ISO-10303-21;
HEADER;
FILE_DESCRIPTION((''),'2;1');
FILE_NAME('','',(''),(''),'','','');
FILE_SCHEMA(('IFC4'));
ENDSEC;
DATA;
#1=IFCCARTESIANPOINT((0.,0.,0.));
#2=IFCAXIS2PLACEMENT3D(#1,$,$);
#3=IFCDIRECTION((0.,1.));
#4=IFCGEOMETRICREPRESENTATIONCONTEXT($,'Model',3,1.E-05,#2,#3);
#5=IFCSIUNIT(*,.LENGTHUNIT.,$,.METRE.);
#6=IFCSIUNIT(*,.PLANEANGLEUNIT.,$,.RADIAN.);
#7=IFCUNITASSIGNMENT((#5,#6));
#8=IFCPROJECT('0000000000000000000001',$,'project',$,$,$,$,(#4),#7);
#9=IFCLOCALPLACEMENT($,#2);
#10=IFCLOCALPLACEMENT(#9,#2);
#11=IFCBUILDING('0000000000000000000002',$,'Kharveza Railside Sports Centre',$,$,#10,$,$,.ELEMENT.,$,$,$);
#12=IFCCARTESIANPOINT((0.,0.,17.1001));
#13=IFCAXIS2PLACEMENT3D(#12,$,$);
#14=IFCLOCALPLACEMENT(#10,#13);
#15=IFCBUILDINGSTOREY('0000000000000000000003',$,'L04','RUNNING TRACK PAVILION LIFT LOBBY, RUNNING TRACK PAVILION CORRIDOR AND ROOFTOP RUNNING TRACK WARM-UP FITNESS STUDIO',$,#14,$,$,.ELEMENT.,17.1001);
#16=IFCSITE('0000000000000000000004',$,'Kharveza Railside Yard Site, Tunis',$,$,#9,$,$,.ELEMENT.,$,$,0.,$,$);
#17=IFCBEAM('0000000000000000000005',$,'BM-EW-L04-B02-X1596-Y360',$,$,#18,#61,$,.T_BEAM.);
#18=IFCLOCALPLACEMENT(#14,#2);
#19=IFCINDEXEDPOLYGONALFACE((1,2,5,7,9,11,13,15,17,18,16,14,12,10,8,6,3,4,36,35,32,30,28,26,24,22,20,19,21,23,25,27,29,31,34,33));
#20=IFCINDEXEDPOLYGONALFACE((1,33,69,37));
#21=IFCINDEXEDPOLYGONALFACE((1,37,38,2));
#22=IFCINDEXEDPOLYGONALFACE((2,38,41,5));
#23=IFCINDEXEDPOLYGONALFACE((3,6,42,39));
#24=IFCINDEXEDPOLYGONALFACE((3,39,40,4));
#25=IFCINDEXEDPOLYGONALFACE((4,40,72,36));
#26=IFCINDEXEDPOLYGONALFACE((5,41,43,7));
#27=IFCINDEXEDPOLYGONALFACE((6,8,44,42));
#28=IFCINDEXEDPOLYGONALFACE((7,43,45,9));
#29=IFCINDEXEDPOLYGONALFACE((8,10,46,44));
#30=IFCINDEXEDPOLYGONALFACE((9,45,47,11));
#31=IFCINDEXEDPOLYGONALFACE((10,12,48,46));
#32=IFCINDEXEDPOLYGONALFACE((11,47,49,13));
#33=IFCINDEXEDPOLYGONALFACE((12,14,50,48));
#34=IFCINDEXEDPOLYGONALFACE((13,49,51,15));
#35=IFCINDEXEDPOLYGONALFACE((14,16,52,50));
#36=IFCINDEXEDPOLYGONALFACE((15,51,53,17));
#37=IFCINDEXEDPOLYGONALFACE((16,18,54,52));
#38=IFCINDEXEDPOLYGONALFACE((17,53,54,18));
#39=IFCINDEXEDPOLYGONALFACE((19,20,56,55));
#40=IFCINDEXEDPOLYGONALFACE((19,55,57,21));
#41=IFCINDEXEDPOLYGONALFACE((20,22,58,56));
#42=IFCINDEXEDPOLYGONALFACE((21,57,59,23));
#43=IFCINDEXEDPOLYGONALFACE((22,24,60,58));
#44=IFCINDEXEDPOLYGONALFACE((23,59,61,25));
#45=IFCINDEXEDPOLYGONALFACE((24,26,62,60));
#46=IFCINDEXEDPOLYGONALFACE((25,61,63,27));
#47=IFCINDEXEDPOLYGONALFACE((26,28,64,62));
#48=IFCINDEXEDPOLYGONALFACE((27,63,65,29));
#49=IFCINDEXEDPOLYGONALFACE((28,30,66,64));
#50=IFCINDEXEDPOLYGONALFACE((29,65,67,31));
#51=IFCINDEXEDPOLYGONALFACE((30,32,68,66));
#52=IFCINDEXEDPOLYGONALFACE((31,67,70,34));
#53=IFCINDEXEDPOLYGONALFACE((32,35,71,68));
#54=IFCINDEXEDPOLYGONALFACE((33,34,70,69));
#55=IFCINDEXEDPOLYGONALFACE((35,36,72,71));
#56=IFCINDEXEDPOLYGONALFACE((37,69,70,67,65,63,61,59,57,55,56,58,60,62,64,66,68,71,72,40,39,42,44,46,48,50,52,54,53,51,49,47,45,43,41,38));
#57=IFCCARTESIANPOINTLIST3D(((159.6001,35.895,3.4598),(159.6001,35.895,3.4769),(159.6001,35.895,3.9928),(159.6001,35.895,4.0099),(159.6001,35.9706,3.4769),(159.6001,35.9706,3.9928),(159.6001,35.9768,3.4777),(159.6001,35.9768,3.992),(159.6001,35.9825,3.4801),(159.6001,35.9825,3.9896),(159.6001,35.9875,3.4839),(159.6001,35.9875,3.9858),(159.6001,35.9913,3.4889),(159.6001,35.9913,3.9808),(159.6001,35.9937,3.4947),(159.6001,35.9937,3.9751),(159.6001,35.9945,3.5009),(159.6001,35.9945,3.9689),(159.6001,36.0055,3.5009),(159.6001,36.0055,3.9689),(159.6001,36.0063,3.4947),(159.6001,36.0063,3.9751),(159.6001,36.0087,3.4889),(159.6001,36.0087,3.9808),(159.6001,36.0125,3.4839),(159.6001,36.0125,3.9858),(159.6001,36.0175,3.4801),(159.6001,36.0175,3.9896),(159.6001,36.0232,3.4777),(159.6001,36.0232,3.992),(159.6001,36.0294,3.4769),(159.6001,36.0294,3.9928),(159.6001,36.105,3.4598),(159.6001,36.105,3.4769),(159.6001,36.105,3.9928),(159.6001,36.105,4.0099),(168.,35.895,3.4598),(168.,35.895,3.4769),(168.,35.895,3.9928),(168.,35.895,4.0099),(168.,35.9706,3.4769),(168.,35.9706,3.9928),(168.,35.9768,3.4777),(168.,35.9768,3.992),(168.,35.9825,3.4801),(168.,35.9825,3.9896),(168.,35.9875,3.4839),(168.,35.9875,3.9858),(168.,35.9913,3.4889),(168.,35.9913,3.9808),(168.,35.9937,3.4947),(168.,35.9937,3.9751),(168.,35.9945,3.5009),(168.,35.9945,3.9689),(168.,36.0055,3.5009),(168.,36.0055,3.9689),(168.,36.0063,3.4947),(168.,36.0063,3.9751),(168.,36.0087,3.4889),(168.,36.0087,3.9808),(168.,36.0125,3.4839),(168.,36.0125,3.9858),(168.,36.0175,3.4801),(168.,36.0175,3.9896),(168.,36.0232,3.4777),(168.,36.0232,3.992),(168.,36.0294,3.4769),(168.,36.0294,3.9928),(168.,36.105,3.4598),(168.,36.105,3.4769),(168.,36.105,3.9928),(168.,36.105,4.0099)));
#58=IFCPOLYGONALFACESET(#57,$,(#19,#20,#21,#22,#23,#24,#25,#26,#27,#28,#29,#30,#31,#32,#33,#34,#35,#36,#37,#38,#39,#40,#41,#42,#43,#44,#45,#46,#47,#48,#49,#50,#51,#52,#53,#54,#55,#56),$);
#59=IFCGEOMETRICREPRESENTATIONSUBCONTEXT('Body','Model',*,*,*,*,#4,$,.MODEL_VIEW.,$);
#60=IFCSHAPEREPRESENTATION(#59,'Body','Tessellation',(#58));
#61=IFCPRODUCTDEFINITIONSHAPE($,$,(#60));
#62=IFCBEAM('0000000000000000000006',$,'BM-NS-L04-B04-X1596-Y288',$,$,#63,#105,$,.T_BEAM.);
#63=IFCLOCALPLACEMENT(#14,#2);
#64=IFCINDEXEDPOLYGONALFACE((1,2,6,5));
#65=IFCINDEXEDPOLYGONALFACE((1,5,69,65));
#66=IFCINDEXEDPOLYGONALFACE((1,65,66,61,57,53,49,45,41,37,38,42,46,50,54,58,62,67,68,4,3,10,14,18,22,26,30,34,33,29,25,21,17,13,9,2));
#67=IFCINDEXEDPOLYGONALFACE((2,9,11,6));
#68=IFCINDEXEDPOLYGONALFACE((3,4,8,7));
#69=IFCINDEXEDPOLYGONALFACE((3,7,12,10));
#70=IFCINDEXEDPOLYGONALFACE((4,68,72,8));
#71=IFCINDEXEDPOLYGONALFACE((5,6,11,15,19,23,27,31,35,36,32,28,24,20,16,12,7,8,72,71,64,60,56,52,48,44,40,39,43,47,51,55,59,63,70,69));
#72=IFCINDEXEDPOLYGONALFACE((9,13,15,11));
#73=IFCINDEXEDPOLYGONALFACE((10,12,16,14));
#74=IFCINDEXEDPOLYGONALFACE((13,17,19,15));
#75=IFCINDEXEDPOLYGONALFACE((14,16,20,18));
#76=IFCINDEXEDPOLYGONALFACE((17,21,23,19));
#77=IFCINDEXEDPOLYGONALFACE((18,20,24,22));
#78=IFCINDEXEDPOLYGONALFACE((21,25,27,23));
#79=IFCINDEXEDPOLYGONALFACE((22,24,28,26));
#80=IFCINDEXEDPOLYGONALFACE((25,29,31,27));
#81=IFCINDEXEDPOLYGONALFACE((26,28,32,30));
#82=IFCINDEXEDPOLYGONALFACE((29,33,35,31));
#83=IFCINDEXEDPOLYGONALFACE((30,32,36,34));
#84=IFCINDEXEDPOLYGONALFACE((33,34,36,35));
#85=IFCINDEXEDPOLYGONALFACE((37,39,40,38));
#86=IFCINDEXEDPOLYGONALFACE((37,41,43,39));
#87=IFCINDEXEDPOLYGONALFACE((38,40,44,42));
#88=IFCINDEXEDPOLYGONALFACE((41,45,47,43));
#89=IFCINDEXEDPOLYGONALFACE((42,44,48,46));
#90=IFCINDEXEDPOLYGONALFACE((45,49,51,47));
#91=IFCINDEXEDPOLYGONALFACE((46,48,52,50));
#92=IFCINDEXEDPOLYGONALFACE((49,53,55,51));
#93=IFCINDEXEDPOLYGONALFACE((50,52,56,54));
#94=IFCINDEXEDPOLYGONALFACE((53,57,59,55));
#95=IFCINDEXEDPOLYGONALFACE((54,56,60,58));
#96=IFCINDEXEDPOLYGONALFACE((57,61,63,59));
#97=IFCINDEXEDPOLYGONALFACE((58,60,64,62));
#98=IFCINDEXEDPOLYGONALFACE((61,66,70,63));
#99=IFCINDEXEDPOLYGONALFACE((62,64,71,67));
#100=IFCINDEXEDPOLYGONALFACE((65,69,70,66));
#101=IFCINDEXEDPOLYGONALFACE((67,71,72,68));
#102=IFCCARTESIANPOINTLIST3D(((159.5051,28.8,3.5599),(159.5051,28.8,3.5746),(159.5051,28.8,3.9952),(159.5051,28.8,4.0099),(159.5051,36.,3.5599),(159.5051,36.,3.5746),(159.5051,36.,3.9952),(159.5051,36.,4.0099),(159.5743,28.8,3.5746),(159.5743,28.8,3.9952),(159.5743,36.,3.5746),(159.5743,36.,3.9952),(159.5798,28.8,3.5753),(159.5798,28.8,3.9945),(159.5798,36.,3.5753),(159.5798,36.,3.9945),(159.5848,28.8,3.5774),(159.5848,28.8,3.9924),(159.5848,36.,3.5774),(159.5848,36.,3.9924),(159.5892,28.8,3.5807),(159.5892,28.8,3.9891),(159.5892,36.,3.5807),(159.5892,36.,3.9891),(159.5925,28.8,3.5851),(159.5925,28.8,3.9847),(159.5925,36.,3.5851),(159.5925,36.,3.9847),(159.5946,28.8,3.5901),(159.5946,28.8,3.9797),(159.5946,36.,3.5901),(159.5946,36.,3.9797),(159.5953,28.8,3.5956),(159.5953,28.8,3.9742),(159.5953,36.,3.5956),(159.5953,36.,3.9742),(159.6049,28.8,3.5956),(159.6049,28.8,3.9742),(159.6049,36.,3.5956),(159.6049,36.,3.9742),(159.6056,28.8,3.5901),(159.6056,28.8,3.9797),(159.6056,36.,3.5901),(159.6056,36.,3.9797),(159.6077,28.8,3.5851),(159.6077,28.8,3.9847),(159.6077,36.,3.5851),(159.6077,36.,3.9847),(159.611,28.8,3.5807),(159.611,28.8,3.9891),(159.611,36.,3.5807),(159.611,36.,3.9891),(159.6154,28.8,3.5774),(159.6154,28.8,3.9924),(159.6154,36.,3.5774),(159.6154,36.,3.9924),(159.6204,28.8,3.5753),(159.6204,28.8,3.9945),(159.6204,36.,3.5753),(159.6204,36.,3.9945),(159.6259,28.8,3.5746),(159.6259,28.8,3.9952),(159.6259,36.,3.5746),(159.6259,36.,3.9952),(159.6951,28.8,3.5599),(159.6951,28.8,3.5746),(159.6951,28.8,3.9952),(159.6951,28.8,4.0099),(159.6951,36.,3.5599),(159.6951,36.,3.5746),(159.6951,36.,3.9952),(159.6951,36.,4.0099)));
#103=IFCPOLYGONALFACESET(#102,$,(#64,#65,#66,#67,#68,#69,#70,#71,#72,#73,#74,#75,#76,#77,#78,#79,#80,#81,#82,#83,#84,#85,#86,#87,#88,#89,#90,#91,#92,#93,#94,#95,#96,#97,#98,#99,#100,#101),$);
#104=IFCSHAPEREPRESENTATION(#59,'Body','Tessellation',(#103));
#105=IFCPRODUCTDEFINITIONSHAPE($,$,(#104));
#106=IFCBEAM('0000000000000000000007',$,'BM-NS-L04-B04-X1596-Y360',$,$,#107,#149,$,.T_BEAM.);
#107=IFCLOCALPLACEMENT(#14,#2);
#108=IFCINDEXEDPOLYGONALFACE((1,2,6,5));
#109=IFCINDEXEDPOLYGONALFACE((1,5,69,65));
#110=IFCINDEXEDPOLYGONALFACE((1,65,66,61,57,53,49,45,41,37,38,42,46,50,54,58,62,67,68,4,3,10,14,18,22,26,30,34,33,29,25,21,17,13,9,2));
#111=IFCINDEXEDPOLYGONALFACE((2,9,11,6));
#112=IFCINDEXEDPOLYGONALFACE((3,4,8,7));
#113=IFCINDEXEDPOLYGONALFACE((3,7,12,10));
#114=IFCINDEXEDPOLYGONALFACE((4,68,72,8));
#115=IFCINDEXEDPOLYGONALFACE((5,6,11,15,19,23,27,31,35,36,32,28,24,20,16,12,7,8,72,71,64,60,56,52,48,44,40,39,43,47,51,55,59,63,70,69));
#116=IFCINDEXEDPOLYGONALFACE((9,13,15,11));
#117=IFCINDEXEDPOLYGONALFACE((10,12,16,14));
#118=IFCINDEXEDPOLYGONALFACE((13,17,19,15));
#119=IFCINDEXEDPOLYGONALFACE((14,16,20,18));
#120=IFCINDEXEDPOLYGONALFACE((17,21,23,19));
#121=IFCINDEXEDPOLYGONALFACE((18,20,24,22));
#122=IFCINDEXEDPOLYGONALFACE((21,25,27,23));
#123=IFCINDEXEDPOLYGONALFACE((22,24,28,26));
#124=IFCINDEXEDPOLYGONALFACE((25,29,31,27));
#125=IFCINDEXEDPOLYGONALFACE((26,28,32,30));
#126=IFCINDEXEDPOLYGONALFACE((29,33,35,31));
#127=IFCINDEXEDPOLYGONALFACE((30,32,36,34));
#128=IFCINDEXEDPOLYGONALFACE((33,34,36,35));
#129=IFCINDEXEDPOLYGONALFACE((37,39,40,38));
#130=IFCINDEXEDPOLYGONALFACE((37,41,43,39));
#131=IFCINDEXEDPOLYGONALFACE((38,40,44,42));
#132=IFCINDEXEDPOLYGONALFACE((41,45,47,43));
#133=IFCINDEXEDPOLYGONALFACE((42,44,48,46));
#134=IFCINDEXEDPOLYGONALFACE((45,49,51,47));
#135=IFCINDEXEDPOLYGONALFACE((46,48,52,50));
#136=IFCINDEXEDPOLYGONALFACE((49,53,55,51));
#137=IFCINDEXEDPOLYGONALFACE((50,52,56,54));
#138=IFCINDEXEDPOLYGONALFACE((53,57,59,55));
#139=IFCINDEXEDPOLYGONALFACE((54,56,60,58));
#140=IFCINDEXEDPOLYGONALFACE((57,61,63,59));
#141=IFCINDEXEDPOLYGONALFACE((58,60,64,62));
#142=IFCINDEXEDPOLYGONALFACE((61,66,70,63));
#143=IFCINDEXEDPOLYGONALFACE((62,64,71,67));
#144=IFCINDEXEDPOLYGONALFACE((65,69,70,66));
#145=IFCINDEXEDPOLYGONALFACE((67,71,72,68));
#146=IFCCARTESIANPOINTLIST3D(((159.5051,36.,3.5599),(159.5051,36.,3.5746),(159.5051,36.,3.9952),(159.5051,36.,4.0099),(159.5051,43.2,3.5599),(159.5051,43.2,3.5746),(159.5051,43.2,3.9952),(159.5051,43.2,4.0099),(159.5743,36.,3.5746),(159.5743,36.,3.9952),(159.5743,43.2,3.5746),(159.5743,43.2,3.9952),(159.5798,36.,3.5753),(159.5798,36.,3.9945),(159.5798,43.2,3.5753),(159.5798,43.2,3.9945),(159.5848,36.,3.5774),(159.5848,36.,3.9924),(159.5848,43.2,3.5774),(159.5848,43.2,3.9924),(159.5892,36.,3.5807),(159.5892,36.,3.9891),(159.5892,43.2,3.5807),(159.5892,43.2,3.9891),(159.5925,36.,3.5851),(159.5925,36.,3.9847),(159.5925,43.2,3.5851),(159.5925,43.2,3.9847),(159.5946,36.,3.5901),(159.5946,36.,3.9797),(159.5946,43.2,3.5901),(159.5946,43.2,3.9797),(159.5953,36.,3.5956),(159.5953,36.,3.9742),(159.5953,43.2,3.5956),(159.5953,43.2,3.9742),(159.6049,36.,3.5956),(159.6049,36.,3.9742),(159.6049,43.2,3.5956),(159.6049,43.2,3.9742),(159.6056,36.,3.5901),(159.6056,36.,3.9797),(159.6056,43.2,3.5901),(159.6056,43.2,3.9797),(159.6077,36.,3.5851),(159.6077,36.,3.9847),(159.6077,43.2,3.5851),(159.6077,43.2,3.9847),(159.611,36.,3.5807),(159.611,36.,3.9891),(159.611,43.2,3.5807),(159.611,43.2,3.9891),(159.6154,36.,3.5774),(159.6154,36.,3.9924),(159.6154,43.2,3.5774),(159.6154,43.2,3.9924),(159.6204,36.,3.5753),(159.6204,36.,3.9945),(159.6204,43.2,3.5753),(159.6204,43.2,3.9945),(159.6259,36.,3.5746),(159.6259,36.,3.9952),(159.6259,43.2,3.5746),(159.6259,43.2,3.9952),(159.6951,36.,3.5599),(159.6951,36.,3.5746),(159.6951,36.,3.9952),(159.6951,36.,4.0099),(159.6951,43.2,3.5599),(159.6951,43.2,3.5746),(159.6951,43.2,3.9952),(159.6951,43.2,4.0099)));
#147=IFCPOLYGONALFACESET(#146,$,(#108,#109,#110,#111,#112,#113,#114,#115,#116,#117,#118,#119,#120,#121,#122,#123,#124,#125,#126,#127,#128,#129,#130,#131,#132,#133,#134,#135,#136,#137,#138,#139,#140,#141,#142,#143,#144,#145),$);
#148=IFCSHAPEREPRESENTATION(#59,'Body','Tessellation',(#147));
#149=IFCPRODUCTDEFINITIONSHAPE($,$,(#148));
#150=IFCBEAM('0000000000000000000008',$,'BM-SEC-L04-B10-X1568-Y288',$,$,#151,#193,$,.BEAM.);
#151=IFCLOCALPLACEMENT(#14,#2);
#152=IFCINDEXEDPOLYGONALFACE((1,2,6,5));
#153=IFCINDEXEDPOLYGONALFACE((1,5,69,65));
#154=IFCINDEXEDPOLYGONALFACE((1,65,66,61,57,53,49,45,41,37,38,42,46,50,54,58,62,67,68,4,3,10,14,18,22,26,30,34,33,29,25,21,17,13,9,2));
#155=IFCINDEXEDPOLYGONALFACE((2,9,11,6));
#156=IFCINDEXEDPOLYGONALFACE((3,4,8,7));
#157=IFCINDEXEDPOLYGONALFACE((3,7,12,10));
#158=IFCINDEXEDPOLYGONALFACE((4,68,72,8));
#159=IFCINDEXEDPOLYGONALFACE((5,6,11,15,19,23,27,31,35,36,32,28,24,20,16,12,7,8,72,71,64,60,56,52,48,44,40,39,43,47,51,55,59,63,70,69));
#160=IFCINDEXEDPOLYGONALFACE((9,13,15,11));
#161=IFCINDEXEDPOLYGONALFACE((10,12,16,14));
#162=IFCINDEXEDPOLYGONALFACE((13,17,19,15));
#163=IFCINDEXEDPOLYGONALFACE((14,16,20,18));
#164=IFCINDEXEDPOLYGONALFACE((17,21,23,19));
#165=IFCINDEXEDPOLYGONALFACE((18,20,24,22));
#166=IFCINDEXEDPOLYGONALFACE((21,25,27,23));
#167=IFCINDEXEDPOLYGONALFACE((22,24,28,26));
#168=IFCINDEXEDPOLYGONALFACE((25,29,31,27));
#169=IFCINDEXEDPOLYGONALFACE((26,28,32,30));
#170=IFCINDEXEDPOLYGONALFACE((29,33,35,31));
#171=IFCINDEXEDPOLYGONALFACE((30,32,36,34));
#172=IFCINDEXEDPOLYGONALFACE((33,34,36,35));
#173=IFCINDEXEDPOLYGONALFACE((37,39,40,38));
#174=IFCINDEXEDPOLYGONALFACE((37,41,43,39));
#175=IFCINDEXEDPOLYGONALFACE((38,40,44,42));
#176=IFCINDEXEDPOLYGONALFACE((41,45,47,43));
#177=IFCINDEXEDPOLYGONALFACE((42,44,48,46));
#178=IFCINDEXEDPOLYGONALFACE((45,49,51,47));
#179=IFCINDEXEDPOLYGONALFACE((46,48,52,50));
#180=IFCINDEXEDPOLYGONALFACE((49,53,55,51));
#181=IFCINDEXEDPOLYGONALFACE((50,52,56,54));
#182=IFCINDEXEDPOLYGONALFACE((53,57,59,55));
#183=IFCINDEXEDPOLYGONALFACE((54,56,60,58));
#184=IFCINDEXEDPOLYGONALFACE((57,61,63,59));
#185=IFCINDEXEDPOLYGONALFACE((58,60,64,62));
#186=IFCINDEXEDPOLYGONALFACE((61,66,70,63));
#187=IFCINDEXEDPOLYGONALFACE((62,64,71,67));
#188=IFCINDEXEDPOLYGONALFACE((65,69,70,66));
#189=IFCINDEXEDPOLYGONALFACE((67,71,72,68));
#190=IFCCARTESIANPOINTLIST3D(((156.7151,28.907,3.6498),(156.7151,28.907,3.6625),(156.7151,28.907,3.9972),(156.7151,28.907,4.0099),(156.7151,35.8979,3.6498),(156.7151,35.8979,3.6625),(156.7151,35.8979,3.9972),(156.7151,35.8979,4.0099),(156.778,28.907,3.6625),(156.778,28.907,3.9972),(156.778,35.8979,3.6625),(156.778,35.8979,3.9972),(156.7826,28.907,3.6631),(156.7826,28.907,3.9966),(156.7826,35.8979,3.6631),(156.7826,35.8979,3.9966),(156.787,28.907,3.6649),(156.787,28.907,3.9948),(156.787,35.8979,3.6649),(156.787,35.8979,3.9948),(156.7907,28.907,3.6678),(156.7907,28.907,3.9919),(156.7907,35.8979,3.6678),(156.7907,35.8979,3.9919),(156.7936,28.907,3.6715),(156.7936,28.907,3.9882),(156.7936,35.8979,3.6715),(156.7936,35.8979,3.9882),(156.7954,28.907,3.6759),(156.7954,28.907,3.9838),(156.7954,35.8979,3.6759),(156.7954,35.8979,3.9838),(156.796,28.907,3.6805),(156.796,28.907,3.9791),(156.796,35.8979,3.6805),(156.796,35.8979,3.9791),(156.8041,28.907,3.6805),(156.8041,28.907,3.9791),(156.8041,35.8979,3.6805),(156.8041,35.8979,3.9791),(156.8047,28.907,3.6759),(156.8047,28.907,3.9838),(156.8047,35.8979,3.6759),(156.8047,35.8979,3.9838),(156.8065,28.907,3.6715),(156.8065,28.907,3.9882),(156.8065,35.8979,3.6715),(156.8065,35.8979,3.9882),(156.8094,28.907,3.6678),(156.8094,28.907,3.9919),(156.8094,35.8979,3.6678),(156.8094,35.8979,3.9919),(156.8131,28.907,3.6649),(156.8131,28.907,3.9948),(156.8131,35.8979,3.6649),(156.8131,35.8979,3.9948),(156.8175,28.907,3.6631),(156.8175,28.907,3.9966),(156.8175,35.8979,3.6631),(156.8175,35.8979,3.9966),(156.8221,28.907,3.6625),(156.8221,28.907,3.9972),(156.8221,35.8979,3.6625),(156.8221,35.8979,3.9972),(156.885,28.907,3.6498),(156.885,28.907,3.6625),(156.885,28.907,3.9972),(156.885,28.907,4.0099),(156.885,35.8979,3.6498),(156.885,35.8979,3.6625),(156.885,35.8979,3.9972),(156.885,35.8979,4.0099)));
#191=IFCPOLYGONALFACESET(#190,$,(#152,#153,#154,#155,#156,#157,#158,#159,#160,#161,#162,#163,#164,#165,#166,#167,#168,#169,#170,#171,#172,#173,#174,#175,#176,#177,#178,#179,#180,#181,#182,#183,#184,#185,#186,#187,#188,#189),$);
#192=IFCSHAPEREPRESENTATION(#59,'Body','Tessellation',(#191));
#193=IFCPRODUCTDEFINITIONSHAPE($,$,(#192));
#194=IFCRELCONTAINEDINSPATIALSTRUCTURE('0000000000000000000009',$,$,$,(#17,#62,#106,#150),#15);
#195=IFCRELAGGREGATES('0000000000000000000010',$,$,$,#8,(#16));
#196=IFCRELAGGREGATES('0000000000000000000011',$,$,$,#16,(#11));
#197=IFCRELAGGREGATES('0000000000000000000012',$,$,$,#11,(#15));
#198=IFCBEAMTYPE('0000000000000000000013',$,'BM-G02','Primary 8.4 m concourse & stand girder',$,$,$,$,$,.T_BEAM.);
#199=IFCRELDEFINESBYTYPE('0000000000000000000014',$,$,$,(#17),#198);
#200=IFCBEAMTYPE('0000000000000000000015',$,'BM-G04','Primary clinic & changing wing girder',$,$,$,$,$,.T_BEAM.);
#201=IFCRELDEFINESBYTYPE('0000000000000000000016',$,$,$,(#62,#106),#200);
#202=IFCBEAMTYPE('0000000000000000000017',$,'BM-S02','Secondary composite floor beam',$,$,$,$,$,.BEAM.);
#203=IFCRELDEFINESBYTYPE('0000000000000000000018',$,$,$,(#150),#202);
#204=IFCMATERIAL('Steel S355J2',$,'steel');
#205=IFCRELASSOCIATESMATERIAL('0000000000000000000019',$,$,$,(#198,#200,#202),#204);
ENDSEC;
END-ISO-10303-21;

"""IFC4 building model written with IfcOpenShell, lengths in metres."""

from ifc_helpers import new_model, si_unit, direction, frame, origin, origin_2d, place, context, subcontext, project, spatial, i_section, extrude, material, material_profile, profile_set, type_object, element, save


model = new_model("IFC4")

# Units and contexts
model_context = context("Model", 3, precision=1e-05, world=origin(), true_north=direction((0.0, 1.0)))
body_context = subcontext(model_context, "Body", "Model", "MODEL_VIEW")
ifc_project = project(units=[si_unit("LENGTHUNIT", "METRE"), si_unit("PLANEANGLEUNIT", "RADIAN")], contexts=[model_context])

# Site, building, storey
site_placement = place(None, origin())
site = spatial("IfcSite", under=ifc_project, at=site_placement, Name="Kharveza Railside Yard Site, Tunis", CompositionType="ELEMENT", RefElevation=0.0)
building_placement = place(site_placement, origin())
building = spatial("IfcBuilding", under=site, at=building_placement, Name="Kharveza Railside Sports Centre", CompositionType="ELEMENT")
storey_placement = place(building_placement, frame((0.0, 0.0, 17.1001)))
storey = spatial("IfcBuildingStorey", under=building, at=storey_placement, Name="L04", Description="RUNNING TRACK PAVILION LIFT LOBBY, RUNNING TRACK PAVILION CORRIDOR AND ROOFTOP RUNNING TRACK WARM-UP FITNESS STUDIO", CompositionType="ELEMENT", Elevation=17.1001)

# Shared definitions
ifc_material_1 = material(Name="Steel S355J2", Category="steel")

# Beams
ifc_material_profile_1 = material_profile(ifc_material_1, i_section(OverallWidth=0.21, OverallDepth=0.55, WebThickness=0.011, FlangeThickness=0.0171, FilletRadius=0.0239, at=origin_2d()), Name="IPE 550")
ifc_profile_set_1 = profile_set([ifc_material_profile_1], Name="Steel S355J2")
beam_type_1 = type_object("IfcBeamType", Name="BM-G02", Description="Primary 8.4 m concourse & stand girder", PredefinedType="T_BEAM", material=ifc_profile_set_1)
beam_1_placement = place(storey_placement, frame((159.6001, 36.0, 3.7349), z_axis=(1.0, 0.0, 0.0), x_axis=(0.0, 1.0, 0.0)))
element("IfcBeam", 1, at=beam_1_placement, inside=storey, type_object=beam_type_1, Name="BM-EW-L04-B02-X1596-Y360", PredefinedType="T_BEAM", context=body_context, shape_type="SweptSolid", body=[
    extrude(i_section(OverallWidth=0.21, OverallDepth=0.55, WebThickness=0.011, FlangeThickness=0.0171, FilletRadius=0.0239, at=origin_2d()), origin(), (0.0, 0.0, 1.0), 8.3999),
])
ifc_material_profile_2 = material_profile(ifc_material_1, i_section(OverallWidth=0.1899, OverallDepth=0.45, WebThickness=0.0095, FlangeThickness=0.0146, FilletRadius=0.021, at=origin_2d()), Name="IPE 450")
ifc_profile_set_2 = profile_set([ifc_material_profile_2], Name="Steel S355J2")
beam_type_2 = type_object("IfcBeamType", Name="BM-G04", Description="Primary clinic & changing wing girder", PredefinedType="T_BEAM", material=ifc_profile_set_2)
for number, where, z_axis, x_axis, name in (
    (2, (159.6001, 28.8, 3.7849), (0.0, 1.0, 0.0), (-1.0, 0.0, 0.0), "BM-NS-L04-B04-X1596-Y288"),
    (3, (159.6001, 36.0, 3.7849), (0.0, 1.0, 0.0), (-1.0, 0.0, 0.0), "BM-NS-L04-B04-X1596-Y360"),
):
    element("IfcBeam", number, at=place(storey_placement, frame(where, z_axis=z_axis, x_axis=x_axis)), inside=storey, type_object=beam_type_2, Name=name, PredefinedType="T_BEAM", context=body_context, shape_type="SweptSolid", body=[
        extrude(i_section(OverallWidth=0.1899, OverallDepth=0.45, WebThickness=0.0095, FlangeThickness=0.0146, FilletRadius=0.021, at=origin_2d()), origin(), (0.0, 0.0, 1.0), 7.2),
    ])
ifc_material_profile_3 = material_profile(ifc_material_1, i_section(OverallWidth=0.1699, OverallDepth=0.3601, WebThickness=0.0081, FlangeThickness=0.0127, FilletRadius=0.0181, at=origin_2d()), Name="IPE 360")
ifc_profile_set_3 = profile_set([ifc_material_profile_3], Name="Steel S355J2")
beam_type_3 = type_object("IfcBeamType", Name="BM-S02", Description="Secondary composite floor beam", PredefinedType="BEAM", material=ifc_profile_set_3)
for number, where, z_axis, x_axis, name in (
    (4, (156.8, 28.907, 3.8298), (0.0, 1.0, 0.0), (-1.0, 0.0, 0.0), "BM-SEC-L04-B10-X1568-Y288"),
):
    element("IfcBeam", number, at=place(storey_placement, frame(where, z_axis=z_axis, x_axis=x_axis)), inside=storey, type_object=beam_type_3, Name=name, PredefinedType="BEAM", context=body_context, shape_type="SweptSolid", body=[
        extrude(i_section(OverallWidth=0.1699, OverallDepth=0.3601, WebThickness=0.0081, FlangeThickness=0.0127, FilletRadius=0.0181, at=origin_2d()), origin(), (0.0, 0.0, 1.0), 6.991),
    ])

save(model, "model.ifc")
